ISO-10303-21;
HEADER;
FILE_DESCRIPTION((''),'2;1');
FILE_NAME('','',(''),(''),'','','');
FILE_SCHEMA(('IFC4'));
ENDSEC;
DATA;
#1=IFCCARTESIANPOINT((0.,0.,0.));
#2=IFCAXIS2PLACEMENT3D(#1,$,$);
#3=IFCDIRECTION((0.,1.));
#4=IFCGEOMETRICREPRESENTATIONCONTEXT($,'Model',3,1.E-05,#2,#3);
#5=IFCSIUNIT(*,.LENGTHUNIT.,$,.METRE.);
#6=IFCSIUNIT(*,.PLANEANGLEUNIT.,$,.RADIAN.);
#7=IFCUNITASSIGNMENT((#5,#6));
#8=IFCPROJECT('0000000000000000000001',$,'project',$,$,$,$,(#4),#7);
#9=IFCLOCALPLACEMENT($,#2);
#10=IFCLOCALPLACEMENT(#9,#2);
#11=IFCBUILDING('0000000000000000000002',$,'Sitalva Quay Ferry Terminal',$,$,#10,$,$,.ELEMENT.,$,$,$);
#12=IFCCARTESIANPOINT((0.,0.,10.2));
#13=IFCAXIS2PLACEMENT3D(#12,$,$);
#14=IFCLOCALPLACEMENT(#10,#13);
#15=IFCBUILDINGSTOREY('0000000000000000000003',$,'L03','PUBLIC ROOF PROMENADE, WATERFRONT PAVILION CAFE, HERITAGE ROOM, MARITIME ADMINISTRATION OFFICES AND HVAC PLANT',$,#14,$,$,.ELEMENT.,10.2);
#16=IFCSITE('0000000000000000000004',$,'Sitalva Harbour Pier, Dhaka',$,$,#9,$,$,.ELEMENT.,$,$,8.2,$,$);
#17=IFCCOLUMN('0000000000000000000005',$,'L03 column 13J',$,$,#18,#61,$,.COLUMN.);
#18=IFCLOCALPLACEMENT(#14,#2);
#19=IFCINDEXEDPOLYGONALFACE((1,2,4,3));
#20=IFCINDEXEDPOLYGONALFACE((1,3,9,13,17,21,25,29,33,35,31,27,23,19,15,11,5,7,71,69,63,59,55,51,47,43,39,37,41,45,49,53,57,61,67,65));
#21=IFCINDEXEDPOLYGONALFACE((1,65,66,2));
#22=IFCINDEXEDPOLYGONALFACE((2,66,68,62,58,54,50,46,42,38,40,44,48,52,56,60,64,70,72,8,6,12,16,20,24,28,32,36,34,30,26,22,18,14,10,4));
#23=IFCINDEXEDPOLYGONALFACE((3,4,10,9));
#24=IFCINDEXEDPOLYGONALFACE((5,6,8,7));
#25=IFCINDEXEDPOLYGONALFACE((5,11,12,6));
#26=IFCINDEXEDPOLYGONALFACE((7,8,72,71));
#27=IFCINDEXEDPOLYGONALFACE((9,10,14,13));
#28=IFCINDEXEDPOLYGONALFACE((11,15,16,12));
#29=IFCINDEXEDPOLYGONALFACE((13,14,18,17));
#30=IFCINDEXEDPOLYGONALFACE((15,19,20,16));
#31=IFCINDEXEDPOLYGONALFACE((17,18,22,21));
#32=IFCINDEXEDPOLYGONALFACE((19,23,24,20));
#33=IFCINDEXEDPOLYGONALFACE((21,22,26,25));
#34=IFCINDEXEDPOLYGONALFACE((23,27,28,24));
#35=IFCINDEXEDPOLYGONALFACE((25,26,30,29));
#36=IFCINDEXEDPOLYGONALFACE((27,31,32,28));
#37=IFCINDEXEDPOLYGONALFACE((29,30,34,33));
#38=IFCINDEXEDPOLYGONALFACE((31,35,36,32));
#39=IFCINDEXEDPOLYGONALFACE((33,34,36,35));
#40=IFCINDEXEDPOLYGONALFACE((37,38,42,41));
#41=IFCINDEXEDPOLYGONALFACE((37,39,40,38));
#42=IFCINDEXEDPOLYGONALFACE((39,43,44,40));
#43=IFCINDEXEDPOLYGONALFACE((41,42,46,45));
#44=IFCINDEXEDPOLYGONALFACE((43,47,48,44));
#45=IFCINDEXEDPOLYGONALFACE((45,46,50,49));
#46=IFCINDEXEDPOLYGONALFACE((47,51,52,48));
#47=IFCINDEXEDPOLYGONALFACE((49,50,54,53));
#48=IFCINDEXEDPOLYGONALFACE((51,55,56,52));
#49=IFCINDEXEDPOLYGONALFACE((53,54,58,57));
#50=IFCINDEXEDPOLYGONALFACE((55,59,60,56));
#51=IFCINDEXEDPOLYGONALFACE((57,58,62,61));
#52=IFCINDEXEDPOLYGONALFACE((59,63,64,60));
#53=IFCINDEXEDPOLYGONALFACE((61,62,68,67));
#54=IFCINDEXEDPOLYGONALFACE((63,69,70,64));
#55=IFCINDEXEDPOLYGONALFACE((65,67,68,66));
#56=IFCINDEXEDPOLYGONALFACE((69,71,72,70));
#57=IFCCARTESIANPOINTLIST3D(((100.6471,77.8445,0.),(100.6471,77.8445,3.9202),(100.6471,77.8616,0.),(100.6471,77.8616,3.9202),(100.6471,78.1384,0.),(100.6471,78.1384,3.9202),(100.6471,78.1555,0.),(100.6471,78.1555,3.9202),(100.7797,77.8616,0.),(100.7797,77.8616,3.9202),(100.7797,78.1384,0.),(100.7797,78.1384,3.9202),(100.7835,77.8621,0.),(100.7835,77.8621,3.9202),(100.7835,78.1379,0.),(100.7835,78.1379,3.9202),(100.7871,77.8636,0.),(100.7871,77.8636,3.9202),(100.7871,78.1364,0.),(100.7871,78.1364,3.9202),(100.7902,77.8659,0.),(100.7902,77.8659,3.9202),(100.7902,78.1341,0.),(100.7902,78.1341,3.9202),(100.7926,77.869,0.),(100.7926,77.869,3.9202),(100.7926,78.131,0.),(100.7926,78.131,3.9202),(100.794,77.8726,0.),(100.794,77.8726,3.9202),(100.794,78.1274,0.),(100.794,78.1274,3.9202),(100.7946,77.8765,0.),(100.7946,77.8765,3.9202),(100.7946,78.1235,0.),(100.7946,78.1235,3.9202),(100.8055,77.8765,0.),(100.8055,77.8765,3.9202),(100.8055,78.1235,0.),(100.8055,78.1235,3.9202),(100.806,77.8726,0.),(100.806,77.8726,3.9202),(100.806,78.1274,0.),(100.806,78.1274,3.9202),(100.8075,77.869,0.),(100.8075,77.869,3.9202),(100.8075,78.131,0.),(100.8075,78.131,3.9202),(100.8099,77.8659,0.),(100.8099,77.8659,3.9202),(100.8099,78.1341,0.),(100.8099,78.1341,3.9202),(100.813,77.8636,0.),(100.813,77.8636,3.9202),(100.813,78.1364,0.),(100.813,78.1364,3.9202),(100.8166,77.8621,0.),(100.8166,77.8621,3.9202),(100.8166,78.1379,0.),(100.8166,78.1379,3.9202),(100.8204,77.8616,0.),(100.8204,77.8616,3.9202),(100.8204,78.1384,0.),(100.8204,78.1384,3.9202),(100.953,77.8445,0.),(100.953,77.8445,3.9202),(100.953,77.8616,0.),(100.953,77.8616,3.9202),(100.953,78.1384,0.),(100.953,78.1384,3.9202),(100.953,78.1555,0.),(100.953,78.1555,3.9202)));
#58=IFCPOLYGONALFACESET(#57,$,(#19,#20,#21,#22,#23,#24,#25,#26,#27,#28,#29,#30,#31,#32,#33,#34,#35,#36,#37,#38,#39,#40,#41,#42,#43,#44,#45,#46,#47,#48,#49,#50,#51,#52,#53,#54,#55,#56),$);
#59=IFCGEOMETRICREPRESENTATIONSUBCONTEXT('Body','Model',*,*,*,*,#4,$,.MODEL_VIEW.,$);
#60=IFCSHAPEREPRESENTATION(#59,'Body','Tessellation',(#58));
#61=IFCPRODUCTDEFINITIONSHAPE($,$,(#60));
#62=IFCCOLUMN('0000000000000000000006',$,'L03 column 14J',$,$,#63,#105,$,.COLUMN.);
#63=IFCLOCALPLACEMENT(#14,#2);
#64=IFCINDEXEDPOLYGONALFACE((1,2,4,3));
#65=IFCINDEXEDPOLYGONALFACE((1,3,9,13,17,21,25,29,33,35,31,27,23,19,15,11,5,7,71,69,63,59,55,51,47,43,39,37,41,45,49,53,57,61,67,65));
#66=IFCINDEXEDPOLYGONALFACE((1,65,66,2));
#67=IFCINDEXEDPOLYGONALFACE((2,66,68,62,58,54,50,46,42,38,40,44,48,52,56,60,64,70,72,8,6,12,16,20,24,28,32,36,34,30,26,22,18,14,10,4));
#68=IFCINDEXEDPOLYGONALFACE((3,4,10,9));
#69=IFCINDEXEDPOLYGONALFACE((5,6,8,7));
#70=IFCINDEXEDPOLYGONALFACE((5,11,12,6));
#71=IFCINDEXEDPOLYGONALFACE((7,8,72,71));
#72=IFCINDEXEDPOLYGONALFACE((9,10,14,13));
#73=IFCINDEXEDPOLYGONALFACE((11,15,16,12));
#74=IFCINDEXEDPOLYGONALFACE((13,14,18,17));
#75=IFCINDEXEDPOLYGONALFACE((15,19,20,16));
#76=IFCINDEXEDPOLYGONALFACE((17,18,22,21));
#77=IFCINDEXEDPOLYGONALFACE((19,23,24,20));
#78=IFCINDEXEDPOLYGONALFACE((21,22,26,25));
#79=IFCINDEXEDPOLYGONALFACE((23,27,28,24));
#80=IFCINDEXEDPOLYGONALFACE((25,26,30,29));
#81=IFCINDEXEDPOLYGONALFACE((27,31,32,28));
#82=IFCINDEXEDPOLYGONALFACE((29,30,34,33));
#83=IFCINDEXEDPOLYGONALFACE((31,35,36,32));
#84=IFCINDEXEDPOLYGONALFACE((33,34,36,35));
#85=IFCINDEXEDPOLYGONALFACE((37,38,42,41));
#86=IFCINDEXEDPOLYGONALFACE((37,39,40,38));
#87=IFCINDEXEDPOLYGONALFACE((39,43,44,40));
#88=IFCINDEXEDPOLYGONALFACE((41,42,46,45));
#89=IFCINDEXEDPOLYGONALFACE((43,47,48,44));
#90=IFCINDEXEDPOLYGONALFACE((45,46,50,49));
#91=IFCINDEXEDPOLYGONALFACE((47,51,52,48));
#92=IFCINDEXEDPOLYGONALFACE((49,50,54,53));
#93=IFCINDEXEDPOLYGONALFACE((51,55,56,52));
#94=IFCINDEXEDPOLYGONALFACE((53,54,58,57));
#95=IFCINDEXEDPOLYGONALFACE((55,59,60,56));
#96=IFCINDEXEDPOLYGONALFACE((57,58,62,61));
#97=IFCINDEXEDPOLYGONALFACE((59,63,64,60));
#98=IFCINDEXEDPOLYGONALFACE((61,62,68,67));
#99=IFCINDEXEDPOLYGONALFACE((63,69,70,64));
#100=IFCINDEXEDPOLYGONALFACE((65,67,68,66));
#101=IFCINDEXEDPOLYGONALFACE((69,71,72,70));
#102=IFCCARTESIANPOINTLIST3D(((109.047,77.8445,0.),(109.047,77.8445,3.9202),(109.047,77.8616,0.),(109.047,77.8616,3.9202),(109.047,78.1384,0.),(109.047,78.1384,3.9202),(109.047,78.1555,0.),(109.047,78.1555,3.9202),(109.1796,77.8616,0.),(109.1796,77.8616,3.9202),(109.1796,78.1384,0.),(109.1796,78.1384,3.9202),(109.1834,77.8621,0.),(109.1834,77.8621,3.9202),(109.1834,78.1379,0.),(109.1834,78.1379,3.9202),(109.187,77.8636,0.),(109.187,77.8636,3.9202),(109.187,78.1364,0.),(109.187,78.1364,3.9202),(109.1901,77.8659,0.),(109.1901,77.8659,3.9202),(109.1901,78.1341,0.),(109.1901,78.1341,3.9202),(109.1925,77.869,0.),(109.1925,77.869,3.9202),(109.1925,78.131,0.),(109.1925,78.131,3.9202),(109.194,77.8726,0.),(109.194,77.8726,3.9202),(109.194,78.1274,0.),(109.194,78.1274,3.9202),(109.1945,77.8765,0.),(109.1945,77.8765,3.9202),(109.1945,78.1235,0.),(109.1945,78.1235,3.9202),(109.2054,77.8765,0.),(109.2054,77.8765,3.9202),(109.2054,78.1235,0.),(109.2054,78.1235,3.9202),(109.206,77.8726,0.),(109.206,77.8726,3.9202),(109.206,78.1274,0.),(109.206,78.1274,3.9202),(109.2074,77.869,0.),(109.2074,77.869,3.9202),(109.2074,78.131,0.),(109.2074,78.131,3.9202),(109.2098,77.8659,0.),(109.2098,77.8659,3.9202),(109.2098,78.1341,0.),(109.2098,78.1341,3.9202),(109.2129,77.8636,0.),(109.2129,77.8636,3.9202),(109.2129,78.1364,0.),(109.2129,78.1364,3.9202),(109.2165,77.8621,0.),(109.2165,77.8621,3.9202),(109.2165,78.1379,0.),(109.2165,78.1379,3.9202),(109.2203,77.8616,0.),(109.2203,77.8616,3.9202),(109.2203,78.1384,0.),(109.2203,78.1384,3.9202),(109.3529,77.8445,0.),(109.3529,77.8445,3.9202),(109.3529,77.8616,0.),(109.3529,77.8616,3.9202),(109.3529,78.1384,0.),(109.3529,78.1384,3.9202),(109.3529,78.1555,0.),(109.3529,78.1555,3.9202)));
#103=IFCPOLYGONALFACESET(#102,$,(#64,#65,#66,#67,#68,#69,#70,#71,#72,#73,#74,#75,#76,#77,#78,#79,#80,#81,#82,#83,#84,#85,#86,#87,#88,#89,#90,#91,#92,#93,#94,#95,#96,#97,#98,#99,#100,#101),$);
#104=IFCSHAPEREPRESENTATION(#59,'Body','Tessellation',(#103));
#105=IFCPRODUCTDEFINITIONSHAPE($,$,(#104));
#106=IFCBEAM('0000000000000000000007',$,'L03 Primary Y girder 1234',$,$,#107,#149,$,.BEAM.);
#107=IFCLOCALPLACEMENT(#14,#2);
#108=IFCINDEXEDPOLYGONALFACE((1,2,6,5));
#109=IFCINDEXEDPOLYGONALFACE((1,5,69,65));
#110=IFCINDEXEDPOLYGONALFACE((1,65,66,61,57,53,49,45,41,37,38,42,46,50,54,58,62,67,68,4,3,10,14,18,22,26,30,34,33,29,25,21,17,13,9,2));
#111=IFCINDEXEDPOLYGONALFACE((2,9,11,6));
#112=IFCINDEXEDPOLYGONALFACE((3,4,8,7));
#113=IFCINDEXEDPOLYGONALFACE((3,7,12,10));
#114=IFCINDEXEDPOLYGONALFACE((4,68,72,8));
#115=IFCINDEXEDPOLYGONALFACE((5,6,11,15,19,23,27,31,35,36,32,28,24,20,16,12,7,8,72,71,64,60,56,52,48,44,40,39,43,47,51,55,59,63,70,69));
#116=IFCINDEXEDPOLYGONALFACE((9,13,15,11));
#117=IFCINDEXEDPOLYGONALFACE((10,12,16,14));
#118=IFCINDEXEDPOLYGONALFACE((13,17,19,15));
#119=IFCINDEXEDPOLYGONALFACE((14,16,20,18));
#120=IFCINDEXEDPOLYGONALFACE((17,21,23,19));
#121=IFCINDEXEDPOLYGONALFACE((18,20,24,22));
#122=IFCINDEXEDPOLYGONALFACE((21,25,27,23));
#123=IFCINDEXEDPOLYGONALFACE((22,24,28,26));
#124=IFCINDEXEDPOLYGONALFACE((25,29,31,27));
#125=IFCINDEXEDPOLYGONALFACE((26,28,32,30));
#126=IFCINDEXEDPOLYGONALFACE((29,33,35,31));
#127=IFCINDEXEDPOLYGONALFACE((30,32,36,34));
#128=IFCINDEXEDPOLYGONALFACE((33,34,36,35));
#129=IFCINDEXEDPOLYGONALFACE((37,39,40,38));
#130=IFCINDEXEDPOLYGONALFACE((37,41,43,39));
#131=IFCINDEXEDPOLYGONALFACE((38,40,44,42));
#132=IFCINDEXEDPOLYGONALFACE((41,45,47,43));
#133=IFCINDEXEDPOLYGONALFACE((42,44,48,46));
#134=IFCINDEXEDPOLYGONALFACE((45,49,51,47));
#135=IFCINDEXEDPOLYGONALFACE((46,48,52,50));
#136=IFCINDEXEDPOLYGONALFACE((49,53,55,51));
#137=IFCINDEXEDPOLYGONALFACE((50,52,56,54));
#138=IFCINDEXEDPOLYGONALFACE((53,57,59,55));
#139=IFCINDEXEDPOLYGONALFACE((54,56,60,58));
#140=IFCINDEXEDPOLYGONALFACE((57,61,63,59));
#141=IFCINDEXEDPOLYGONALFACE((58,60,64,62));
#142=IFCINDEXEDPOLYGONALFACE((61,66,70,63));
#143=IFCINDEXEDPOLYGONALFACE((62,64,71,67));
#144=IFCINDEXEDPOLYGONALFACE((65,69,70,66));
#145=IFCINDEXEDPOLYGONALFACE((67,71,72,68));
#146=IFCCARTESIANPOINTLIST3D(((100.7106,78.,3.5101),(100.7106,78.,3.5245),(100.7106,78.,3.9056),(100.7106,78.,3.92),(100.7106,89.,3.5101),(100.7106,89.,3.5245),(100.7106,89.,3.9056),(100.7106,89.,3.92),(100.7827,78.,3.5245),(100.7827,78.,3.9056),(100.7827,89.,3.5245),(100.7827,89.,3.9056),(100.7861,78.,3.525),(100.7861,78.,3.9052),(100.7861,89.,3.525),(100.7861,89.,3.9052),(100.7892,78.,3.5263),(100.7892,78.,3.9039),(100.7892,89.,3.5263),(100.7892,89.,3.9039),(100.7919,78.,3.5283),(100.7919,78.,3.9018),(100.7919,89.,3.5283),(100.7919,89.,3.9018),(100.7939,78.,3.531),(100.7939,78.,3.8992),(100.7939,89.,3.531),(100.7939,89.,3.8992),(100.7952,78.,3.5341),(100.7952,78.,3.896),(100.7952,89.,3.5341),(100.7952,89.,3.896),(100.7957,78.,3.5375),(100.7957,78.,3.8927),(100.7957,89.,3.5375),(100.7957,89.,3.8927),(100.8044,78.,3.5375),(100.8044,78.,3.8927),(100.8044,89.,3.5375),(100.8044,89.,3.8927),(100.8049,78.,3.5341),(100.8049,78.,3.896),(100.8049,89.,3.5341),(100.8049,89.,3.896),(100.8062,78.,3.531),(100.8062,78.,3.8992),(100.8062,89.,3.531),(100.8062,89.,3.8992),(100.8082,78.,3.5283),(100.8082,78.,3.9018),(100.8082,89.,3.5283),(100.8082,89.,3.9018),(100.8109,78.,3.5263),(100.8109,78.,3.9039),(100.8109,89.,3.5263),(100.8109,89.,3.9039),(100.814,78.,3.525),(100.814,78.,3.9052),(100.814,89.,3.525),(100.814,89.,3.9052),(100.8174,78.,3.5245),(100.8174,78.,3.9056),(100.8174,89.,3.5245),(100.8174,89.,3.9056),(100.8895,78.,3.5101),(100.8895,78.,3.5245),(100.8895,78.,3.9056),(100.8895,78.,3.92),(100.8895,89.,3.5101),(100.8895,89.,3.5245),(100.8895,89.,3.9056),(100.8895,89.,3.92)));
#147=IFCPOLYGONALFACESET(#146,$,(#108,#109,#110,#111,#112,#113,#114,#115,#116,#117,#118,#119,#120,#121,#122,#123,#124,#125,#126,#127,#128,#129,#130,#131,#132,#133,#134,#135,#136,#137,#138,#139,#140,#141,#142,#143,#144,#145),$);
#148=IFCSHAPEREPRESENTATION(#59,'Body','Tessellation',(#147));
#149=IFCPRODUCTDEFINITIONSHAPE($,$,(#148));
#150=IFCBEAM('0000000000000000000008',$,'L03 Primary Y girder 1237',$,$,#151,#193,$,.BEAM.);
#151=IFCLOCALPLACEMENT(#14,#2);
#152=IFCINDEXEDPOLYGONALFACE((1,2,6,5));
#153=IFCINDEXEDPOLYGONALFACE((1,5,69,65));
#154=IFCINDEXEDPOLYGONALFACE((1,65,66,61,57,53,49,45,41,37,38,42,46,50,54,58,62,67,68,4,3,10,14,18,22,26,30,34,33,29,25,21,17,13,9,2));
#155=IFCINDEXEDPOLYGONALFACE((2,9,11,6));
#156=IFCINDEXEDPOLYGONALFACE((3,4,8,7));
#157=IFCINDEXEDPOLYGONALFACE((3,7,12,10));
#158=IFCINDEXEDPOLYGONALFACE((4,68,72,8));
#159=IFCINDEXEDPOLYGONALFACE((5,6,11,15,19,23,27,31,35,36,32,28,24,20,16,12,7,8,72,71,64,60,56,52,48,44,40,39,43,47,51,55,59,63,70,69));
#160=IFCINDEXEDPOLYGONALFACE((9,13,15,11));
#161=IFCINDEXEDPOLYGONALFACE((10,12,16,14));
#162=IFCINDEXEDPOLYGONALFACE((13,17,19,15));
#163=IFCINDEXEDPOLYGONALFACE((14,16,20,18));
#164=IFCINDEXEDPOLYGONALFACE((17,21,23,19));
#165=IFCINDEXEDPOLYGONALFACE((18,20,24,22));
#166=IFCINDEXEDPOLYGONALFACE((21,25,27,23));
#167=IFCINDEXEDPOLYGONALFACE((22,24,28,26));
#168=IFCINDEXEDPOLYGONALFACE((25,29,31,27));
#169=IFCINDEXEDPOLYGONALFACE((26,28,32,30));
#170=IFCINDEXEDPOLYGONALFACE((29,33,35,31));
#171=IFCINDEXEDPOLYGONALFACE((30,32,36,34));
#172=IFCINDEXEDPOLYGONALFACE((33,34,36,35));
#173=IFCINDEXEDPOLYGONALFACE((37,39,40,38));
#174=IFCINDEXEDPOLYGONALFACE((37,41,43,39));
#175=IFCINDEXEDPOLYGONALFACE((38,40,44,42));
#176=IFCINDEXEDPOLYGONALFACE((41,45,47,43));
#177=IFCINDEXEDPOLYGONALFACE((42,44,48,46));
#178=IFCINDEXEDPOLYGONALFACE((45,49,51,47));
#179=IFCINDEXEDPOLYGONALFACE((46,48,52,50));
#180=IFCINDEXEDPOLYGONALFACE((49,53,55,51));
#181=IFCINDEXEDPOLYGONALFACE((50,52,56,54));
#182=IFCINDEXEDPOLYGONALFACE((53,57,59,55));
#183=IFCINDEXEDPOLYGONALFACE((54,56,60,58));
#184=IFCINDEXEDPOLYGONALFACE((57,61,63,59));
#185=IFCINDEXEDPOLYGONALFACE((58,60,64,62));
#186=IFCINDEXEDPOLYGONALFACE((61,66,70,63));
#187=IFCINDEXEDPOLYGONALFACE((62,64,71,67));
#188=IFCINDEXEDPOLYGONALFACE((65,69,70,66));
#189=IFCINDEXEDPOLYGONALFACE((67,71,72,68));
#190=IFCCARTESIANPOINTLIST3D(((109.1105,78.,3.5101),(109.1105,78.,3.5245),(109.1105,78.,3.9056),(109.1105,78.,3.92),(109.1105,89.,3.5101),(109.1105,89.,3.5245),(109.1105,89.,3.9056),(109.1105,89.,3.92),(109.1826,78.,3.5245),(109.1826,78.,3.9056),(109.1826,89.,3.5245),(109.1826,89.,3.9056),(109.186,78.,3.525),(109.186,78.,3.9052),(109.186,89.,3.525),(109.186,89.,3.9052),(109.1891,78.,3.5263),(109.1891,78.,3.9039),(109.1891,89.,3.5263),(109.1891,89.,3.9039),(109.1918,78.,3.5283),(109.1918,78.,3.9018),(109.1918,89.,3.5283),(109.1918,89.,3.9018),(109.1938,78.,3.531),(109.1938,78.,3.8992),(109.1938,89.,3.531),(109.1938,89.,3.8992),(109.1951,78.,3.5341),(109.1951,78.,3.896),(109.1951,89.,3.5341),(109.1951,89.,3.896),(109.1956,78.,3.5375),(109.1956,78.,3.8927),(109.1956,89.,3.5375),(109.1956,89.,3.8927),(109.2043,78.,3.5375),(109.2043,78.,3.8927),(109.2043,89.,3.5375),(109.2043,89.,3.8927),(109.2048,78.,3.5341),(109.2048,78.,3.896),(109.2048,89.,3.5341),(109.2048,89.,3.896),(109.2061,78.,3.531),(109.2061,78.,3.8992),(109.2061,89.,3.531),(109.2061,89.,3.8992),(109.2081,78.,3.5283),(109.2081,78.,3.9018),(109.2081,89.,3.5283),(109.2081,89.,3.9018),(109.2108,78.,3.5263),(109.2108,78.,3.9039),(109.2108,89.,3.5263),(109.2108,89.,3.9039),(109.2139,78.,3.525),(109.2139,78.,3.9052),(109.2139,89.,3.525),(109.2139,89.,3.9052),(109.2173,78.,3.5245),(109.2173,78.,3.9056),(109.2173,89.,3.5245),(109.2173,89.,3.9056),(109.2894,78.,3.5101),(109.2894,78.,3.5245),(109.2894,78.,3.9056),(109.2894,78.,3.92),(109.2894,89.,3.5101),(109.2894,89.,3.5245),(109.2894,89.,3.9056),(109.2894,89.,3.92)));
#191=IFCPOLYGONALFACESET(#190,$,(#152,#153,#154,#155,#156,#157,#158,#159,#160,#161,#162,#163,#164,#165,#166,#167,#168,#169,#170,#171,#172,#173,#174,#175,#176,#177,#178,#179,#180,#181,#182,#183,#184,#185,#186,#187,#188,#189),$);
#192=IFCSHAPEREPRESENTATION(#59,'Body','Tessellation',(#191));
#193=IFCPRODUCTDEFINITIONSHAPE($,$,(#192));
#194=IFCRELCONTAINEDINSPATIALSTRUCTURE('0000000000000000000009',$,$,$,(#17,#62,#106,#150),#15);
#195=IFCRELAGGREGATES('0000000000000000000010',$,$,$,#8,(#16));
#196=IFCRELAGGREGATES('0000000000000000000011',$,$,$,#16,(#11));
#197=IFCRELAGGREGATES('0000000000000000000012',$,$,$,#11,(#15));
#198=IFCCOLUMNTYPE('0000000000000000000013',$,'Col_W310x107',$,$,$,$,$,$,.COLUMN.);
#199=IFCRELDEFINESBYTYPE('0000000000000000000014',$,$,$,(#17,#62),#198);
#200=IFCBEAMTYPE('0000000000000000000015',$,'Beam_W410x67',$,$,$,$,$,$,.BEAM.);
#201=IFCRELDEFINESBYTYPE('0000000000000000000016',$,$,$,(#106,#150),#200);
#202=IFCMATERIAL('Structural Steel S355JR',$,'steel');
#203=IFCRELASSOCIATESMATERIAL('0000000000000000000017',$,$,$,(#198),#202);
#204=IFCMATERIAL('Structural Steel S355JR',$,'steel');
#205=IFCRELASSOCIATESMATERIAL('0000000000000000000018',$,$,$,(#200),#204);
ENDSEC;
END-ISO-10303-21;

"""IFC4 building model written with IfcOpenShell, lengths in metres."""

from ifc_helpers import new_model, si_unit, direction, frame, origin, origin_2d, place, context, subcontext, project, spatial, i_section, extrude, material, material_profile, profile_set, type_object, element, save


model = new_model("IFC4")

# Units and contexts
model_context = context("Model", 3, precision=1e-05, world=origin(), true_north=direction((0.0, 1.0)))
body_context = subcontext(model_context, "Body", "Model", "MODEL_VIEW")
ifc_project = project(units=[si_unit("LENGTHUNIT", "METRE"), si_unit("PLANEANGLEUNIT", "RADIAN")], contexts=[model_context])

# Site, building, storey
site_placement = place(None, origin())
site = spatial("IfcSite", under=ifc_project, at=site_placement, Name="Sitalva Harbour Pier, Dhaka", CompositionType="ELEMENT", RefElevation=8.2)
building_placement = place(site_placement, origin())
building = spatial("IfcBuilding", under=site, at=building_placement, Name="Sitalva Quay Ferry Terminal", CompositionType="ELEMENT")
storey_placement = place(building_placement, frame((0.0, 0.0, 10.2)))
storey = spatial("IfcBuildingStorey", under=building, at=storey_placement, Name="L03", Description="PUBLIC ROOF PROMENADE, WATERFRONT PAVILION CAFE, HERITAGE ROOM, MARITIME ADMINISTRATION OFFICES AND HVAC PLANT", CompositionType="ELEMENT", Elevation=10.2)

# Columns
ifc_material_1 = material(Name="Structural Steel S355JR", Category="steel")
ifc_material_profile_1 = material_profile(ifc_material_1, i_section(OverallWidth=0.3059, OverallDepth=0.311, WebThickness=0.011, FlangeThickness=0.0171, FilletRadius=0.0149, at=origin_2d()), Name="W310x107")
ifc_profile_set_1 = profile_set([ifc_material_profile_1], Name="Structural Steel S355JR")
column_type = type_object("IfcColumnType", Name="Col_W310x107", PredefinedType="COLUMN", material=ifc_profile_set_1)
for number, where, z_axis, x_axis, name in (
    (1, (100.8, 78.0, 0.0), (0.0, 0.0, 1.0), (1.0, 0.0, 0.0), "L03 column 13J"),
    (2, (109.2, 78.0, 0.0), (0.0, 0.0, 1.0), (1.0, 0.0, 0.0), "L03 column 14J"),
):
    element("IfcColumn", number, at=place(storey_placement, frame(where, z_axis=z_axis, x_axis=x_axis)), inside=storey, type_object=column_type, Name=name, PredefinedType="COLUMN", context=body_context, shape_type="SweptSolid", body=[
        extrude(i_section(OverallWidth=0.3059, OverallDepth=0.311, WebThickness=0.011, FlangeThickness=0.0171, FilletRadius=0.0149, at=origin_2d()), origin(), (0.0, 0.0, 1.0), 3.9202),
    ])

# Beams
ifc_material_2 = material(Name="Structural Steel S355JR", Category="steel")
ifc_material_profile_2 = material_profile(ifc_material_2, i_section(OverallWidth=0.179, OverallDepth=0.4099, WebThickness=0.0088, FlangeThickness=0.0144, FilletRadius=0.0129, at=origin_2d()), Name="W410x67")
ifc_profile_set_2 = profile_set([ifc_material_profile_2], Name="Structural Steel S355JR")
beam_type_1 = type_object("IfcBeamType", Name="Beam_W410x67", PredefinedType="BEAM", material=ifc_profile_set_2)
for number, where, z_axis, x_axis, name in (
    (3, (100.8, 78.0, 3.7151), (0.0, 1.0, 0.0), (-1.0, 0.0, 0.0), "L03 Primary Y girder 1234"),
    (4, (109.2, 78.0, 3.7151), (0.0, 1.0, 0.0), (-1.0, 0.0, 0.0), "L03 Primary Y girder 1237"),
):
    element("IfcBeam", number, at=place(storey_placement, frame(where, z_axis=z_axis, x_axis=x_axis)), inside=storey, type_object=beam_type_1, Name=name, PredefinedType="BEAM", context=body_context, shape_type="SweptSolid", body=[
        extrude(i_section(OverallWidth=0.179, OverallDepth=0.4099, WebThickness=0.0088, FlangeThickness=0.0144, FilletRadius=0.0129, at=origin_2d()), origin(), (0.0, 0.0, 1.0), 11.0),
    ])

save(model, "model.ifc")
